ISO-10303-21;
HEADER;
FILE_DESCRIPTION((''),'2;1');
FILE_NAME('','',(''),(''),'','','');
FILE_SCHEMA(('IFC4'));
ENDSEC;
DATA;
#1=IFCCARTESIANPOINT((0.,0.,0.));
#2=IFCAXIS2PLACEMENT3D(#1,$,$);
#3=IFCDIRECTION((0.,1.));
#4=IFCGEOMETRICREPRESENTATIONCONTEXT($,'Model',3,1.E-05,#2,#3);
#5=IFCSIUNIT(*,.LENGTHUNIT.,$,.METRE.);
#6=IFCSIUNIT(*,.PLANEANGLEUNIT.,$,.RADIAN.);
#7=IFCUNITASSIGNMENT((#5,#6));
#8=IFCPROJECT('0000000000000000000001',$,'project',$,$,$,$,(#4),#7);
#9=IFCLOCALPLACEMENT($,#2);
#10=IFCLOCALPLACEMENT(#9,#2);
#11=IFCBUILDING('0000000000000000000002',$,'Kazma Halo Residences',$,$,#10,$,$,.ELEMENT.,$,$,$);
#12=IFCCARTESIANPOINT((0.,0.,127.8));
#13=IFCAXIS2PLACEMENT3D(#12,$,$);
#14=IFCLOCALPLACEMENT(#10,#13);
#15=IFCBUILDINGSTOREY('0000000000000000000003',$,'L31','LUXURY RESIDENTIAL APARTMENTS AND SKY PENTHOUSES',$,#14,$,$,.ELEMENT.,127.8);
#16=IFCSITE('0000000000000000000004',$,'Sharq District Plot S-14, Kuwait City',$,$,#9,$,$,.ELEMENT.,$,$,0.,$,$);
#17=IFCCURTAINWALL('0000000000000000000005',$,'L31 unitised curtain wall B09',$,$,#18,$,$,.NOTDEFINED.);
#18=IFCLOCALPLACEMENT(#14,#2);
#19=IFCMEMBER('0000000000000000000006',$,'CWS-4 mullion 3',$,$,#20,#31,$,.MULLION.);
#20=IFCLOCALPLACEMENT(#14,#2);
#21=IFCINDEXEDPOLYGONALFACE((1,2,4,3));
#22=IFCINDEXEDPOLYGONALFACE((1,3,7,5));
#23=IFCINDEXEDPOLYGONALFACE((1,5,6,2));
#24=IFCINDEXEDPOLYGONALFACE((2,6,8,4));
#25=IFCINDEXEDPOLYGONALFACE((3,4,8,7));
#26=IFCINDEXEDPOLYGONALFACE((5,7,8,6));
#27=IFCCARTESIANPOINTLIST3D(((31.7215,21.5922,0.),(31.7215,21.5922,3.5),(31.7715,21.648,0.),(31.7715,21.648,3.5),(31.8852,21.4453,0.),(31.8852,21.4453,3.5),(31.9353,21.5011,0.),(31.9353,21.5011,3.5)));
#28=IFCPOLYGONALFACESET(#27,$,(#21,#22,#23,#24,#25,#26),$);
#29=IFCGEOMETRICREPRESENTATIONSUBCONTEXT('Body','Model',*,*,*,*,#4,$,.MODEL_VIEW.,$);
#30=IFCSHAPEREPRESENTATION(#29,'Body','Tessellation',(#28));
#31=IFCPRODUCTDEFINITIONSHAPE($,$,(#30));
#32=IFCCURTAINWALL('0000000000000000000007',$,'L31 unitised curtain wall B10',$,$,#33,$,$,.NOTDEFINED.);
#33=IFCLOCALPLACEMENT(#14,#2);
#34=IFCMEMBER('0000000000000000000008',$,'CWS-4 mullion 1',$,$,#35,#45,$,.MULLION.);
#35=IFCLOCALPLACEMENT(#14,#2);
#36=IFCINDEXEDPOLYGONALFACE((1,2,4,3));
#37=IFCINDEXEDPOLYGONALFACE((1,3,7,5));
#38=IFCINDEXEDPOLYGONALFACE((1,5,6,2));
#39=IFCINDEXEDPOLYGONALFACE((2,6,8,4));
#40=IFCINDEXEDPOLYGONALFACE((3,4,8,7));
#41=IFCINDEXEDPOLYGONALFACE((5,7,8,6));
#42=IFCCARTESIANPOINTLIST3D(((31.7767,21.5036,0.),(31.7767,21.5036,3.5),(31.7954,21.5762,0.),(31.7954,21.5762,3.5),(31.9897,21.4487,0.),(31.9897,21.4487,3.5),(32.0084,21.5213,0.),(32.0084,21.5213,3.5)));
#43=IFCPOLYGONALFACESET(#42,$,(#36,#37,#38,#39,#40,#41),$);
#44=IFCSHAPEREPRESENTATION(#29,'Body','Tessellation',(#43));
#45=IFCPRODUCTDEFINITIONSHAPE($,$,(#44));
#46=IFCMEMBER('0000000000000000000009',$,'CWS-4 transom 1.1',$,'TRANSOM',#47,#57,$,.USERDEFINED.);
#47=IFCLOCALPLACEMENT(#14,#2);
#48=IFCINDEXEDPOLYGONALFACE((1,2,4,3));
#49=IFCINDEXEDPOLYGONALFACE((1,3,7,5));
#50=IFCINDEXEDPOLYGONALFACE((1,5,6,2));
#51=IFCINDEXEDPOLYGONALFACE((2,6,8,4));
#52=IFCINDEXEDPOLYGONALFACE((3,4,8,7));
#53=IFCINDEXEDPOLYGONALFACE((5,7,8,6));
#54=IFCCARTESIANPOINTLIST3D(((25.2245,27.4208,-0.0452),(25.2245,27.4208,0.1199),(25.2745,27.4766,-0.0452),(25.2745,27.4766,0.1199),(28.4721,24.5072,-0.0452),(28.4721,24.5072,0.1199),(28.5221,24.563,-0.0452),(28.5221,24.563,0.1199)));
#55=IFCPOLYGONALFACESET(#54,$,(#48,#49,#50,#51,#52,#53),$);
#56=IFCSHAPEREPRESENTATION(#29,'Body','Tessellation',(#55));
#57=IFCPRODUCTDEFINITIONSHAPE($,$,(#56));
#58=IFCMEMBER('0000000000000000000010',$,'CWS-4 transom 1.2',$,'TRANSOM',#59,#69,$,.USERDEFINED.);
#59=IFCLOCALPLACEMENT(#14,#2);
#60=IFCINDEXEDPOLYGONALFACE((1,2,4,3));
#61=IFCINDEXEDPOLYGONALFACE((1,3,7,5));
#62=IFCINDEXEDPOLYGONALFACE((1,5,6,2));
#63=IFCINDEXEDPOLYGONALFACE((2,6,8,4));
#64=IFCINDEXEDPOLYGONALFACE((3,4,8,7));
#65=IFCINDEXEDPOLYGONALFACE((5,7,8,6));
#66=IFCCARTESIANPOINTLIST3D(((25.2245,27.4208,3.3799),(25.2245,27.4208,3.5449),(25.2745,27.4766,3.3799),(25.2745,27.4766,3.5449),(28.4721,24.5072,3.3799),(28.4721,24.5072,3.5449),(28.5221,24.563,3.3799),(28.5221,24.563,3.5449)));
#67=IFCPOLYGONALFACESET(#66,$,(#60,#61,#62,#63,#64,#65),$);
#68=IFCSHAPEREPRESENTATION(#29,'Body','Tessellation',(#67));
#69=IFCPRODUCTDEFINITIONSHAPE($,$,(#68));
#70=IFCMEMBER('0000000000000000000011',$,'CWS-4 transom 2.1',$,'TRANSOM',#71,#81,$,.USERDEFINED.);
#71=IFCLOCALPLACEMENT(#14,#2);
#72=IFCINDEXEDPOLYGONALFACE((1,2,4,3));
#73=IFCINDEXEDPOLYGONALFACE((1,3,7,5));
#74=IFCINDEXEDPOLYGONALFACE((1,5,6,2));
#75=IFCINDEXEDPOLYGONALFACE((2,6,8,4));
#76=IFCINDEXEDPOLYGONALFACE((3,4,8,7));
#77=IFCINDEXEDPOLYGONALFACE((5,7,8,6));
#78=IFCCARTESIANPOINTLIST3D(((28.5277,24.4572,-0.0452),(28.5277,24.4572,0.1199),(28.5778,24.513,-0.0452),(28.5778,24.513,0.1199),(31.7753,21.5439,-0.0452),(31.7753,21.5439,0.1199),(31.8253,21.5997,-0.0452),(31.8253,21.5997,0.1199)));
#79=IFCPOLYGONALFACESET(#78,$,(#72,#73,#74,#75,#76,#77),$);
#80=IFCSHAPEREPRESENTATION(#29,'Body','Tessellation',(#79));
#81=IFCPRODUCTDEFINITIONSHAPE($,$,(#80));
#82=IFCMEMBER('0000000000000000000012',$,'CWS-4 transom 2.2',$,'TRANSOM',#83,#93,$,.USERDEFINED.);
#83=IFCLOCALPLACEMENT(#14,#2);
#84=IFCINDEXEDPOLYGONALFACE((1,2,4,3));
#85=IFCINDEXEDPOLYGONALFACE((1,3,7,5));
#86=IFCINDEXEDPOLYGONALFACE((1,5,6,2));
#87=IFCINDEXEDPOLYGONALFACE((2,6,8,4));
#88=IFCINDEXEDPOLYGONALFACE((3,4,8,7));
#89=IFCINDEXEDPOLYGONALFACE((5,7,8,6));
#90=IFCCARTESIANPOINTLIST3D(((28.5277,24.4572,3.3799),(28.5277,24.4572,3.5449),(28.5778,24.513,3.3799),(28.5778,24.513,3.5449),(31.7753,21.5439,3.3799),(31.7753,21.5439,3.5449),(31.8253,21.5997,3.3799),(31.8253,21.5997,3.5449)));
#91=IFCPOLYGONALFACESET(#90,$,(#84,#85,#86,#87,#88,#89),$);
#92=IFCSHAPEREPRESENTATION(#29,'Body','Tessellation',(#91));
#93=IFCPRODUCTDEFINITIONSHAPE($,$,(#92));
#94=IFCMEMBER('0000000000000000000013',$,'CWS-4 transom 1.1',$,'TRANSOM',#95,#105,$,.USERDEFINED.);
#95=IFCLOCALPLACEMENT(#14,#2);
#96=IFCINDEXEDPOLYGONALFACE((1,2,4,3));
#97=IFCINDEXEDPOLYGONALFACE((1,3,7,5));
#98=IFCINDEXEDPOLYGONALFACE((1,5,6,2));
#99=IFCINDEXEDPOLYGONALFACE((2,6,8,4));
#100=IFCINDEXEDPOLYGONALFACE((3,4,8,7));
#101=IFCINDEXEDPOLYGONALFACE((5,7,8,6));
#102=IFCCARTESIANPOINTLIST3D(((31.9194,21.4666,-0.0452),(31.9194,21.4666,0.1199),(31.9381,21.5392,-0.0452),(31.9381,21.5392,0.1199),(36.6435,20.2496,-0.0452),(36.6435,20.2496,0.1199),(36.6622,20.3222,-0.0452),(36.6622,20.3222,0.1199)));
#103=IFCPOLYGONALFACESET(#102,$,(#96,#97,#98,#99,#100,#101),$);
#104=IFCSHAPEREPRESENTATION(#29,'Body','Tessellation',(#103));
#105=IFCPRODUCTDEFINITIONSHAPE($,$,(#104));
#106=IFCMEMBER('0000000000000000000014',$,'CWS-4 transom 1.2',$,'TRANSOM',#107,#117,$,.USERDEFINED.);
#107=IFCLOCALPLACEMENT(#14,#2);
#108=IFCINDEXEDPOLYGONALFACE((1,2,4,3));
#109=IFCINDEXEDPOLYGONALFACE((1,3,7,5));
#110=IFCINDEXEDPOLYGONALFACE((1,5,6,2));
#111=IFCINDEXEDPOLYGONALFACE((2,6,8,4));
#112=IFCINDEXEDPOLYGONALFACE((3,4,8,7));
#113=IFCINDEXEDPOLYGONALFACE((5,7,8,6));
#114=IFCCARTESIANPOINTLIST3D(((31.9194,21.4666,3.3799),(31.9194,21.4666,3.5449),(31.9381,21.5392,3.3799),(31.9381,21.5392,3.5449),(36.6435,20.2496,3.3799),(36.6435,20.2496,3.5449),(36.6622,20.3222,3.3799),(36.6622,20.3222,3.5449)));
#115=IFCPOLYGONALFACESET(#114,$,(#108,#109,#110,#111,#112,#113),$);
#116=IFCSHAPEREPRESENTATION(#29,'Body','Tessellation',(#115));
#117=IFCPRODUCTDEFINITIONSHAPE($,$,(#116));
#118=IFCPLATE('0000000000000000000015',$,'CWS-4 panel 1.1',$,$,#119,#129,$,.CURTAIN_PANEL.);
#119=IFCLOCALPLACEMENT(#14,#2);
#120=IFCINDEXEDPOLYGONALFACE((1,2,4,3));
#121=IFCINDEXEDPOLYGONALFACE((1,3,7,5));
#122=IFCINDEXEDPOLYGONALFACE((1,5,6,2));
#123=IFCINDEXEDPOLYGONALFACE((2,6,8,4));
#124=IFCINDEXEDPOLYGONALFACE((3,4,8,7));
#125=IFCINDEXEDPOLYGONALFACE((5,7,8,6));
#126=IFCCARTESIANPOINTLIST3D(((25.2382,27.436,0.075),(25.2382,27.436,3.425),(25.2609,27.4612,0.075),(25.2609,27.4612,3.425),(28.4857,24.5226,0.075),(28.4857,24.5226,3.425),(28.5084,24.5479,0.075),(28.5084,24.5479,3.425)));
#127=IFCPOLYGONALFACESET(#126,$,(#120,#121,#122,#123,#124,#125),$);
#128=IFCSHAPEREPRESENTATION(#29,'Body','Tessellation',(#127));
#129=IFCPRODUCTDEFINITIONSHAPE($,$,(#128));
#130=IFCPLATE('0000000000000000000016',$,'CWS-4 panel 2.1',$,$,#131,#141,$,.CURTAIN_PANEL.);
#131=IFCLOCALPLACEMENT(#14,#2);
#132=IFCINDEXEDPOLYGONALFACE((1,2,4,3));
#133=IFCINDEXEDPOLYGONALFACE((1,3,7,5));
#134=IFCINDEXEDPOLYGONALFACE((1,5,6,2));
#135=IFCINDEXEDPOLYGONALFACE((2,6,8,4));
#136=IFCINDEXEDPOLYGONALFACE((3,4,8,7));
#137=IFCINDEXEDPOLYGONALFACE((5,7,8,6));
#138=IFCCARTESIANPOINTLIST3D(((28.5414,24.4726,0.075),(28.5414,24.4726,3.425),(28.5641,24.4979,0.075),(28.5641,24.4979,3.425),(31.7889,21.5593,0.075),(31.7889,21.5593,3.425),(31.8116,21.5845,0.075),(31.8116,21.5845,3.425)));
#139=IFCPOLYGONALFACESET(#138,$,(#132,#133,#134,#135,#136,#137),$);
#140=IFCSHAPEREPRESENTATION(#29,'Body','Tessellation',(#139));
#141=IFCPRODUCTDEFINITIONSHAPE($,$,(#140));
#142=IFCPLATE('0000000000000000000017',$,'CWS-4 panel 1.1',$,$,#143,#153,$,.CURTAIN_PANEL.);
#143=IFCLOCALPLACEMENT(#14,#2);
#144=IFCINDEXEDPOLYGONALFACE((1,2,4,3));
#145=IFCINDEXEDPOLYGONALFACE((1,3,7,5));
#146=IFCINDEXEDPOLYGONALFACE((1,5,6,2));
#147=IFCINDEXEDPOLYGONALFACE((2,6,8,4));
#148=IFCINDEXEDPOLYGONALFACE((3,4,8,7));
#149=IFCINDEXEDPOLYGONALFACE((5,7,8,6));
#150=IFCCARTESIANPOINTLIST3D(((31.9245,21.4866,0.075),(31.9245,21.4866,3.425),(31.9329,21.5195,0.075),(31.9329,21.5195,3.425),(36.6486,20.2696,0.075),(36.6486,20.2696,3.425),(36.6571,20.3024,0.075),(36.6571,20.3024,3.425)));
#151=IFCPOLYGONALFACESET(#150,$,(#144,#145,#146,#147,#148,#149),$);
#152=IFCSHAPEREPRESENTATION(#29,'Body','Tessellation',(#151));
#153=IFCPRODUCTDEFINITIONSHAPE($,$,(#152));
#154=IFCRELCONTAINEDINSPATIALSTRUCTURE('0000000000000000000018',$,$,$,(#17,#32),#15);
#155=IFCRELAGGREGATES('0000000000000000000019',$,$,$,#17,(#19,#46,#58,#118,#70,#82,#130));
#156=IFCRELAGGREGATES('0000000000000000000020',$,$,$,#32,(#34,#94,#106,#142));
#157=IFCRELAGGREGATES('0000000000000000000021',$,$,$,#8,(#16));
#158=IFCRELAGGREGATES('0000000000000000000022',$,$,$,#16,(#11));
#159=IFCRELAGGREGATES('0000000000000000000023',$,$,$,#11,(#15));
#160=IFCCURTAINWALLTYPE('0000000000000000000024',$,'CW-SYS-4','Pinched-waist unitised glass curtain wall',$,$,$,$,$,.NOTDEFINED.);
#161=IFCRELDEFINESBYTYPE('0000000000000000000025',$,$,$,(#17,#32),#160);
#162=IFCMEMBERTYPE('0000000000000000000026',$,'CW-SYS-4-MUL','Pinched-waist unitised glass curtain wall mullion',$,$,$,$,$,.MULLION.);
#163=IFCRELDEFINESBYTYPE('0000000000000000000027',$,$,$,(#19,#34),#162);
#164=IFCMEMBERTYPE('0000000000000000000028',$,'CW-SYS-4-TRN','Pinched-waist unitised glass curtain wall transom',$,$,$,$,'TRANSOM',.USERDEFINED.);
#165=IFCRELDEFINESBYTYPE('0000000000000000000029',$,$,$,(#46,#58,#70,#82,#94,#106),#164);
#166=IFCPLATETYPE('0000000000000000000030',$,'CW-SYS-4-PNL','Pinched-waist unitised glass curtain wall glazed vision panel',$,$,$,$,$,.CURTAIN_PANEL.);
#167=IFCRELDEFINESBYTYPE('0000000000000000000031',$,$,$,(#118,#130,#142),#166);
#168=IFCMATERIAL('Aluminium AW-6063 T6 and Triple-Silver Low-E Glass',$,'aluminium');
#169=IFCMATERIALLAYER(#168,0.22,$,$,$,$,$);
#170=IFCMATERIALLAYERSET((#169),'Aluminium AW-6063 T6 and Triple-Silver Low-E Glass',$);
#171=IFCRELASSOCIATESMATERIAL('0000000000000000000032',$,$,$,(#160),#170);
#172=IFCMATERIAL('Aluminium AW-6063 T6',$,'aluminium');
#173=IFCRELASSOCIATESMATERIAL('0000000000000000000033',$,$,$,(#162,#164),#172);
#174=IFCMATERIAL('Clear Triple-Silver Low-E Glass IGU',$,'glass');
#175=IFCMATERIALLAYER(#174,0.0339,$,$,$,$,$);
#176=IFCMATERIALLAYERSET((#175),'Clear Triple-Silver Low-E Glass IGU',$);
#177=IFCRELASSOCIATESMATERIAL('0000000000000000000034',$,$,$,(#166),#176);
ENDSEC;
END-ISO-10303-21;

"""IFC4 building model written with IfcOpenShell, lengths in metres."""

from ifc_helpers import new_model, si_unit, direction, frame, origin, origin_2d, place, context, subcontext, project, spatial, rectangle, extrude, material, layer, layer_set, material_profile, profile_set, type_object, element, aggregate, save


model = new_model("IFC4")

# Units and contexts
model_context = context("Model", 3, precision=1e-05, world=origin(), true_north=direction((0.0, 1.0)))
body_context = subcontext(model_context, "Body", "Model", "MODEL_VIEW")
ifc_project = project(units=[si_unit("LENGTHUNIT", "METRE"), si_unit("PLANEANGLEUNIT", "RADIAN")], contexts=[model_context])

# Site, building, storey
site_placement = place(None, origin())
site = spatial("IfcSite", under=ifc_project, at=site_placement, Name="Sharq District Plot S-14, Kuwait City", CompositionType="ELEMENT", RefElevation=0.0)
building_placement = place(site_placement, origin())
building = spatial("IfcBuilding", under=site, at=building_placement, Name="Kazma Halo Residences", CompositionType="ELEMENT")
storey_placement = place(building_placement, frame((0.0, 0.0, 127.8)))
storey = spatial("IfcBuildingStorey", under=building, at=storey_placement, Name="L31", Description="LUXURY RESIDENTIAL APARTMENTS AND SKY PENTHOUSES", CompositionType="ELEMENT", Elevation=127.8)

# Shared definitions
ifc_material_1 = material(Name="Aluminium AW-6063 T6 and Triple-Silver Low-E Glass", Category="aluminium")
ifc_layer_1 = layer(ifc_material_1, 0.22)
ifc_layer_set_1 = layer_set([ifc_layer_1], Name="Aluminium AW-6063 T6 and Triple-Silver Low-E Glass")
curtain_wall_type = type_object("IfcCurtainWallType", Name="CW-SYS-4", Description="Pinched-waist unitised glass curtain wall", PredefinedType="NOTDEFINED", material=ifc_layer_set_1)
ifc_material_2 = material(Name="Aluminium AW-6063 T6", Category="aluminium")
ifc_material_profile_1 = material_profile(ifc_material_2, rectangle(XDim=0.075, YDim=0.22, at=origin_2d()), Name="CWM-75x220")
ifc_profile_set_1 = profile_set([ifc_material_profile_1], Name="Aluminium AW-6063 T6")
member_type_1 = type_object("IfcMemberType", Name="CW-SYS-4-MUL", Description="Pinched-waist unitised glass curtain wall mullion", PredefinedType="MULLION", material=ifc_profile_set_1)

# Curtain wall, member
curtain_wall_1_placement = place(storey_placement, origin())
curtain_wall_1 = element("IfcCurtainWall", 1, at=curtain_wall_1_placement, inside=storey, type_object=curtain_wall_type, Name="L31 unitised curtain wall B09", PredefinedType="NOTDEFINED")
member_1_placement = place(storey_placement, frame((31.8284, 21.5466, 0.0), z_axis=(0.0, 0.0, 1.0), x_axis=(0.66777, 0.744368, 0.0)))
member_1 = element("IfcMember", 2, at=member_1_placement, type_object=member_type_1, Name="CWS-4 mullion 3", PredefinedType="MULLION", context=body_context, shape_type="SweptSolid", body=[
    extrude(rectangle(XDim=0.075, YDim=0.22, at=origin_2d()), origin(), (0.0, 0.0, 1.0), 3.5),
])

# Curtain wall, member
curtain_wall_2_placement = place(storey_placement, origin())
curtain_wall_2 = element("IfcCurtainWall", 3, at=curtain_wall_2_placement, inside=storey, type_object=curtain_wall_type, Name="L31 unitised curtain wall B10", PredefinedType="NOTDEFINED")
member_2_placement = place(storey_placement, frame((31.8926, 21.5125, 0.0), z_axis=(0.0, 0.0, 1.0), x_axis=(0.249479, 0.96838, 0.0)))
member_2 = element("IfcMember", 4, at=member_2_placement, type_object=member_type_1, Name="CWS-4 mullion 1", PredefinedType="MULLION", context=body_context, shape_type="SweptSolid", body=[
    extrude(rectangle(XDim=0.075, YDim=0.22, at=origin_2d()), origin(), (0.0, 0.0, 1.0), 3.5),
])

# Members
ifc_material_profile_2 = material_profile(ifc_material_2, rectangle(XDim=0.075, YDim=0.165, at=origin_2d()), Name="CWT-75x165")
ifc_profile_set_2 = profile_set([ifc_material_profile_2], Name="Aluminium AW-6063 T6")
member_type_2 = type_object("IfcMemberType", Name="CW-SYS-4-TRN", Description="Pinched-waist unitised glass curtain wall transom", ElementType="TRANSOM", PredefinedType="USERDEFINED", material=ifc_profile_set_2)
member_3_placement = place(storey_placement, frame((25.2495, 27.4487, 0.0374), z_axis=(0.744345, -0.667795, 0.0), x_axis=(0.667795, 0.744345, 0.0)))
member_3 = element("IfcMember", 5, at=member_3_placement, type_object=member_type_2, Name="CWS-4 transom 1.1", ObjectType="TRANSOM", PredefinedType="USERDEFINED", context=body_context, shape_type="SweptSolid", body=[
    extrude(rectangle(XDim=0.075, YDim=0.165, at=origin_2d()), origin(), (0.0, 0.0, 1.0), 4.363),
])
member_4_placement = place(storey_placement, frame((25.2495, 27.4487, 3.4624), z_axis=(0.744345, -0.667795, 0.0), x_axis=(0.667795, 0.744345, 0.0)))
member_4 = element("IfcMember", 6, at=member_4_placement, type_object=member_type_2, Name="CWS-4 transom 1.2", ObjectType="TRANSOM", PredefinedType="USERDEFINED", context=body_context, shape_type="SweptSolid", body=[
    extrude(rectangle(XDim=0.075, YDim=0.165, at=origin_2d()), origin(), (0.0, 0.0, 1.0), 4.363),
])
member_5_placement = place(storey_placement, frame((28.5527, 24.4851, 0.0374), z_axis=(0.744373, -0.667764, 0.0), x_axis=(0.667764, 0.744373, 0.0)))
member_5 = element("IfcMember", 7, at=member_5_placement, type_object=member_type_2, Name="CWS-4 transom 2.1", ObjectType="TRANSOM", PredefinedType="USERDEFINED", context=body_context, shape_type="SweptSolid", body=[
    extrude(rectangle(XDim=0.075, YDim=0.165, at=origin_2d()), origin(), (0.0, 0.0, 1.0), 4.3628),
])
member_6_placement = place(storey_placement, frame((28.5527, 24.4851, 3.4624), z_axis=(0.744373, -0.667764, 0.0), x_axis=(0.667764, 0.744373, 0.0)))
member_6 = element("IfcMember", 8, at=member_6_placement, type_object=member_type_2, Name="CWS-4 transom 2.2", ObjectType="TRANSOM", PredefinedType="USERDEFINED", context=body_context, shape_type="SweptSolid", body=[
    extrude(rectangle(XDim=0.075, YDim=0.165, at=origin_2d()), origin(), (0.0, 0.0, 1.0), 4.3628),
])
member_7_placement = place(storey_placement, frame((31.9287, 21.5029, 0.0374), z_axis=(0.968381, -0.249477, 0.0), x_axis=(0.249477, 0.968381, 0.0)))
member_7 = element("IfcMember", 9, at=member_7_placement, type_object=member_type_2, Name="CWS-4 transom 1.1", ObjectType="TRANSOM", PredefinedType="USERDEFINED", context=body_context, shape_type="SweptSolid", body=[
    extrude(rectangle(XDim=0.075, YDim=0.165, at=origin_2d()), origin(), (0.0, 0.0, 1.0), 4.8784),
])
member_8_placement = place(storey_placement, frame((31.9287, 21.5029, 3.4624), z_axis=(0.968381, -0.249477, 0.0), x_axis=(0.249477, 0.968381, 0.0)))
member_8 = element("IfcMember", 10, at=member_8_placement, type_object=member_type_2, Name="CWS-4 transom 1.2", ObjectType="TRANSOM", PredefinedType="USERDEFINED", context=body_context, shape_type="SweptSolid", body=[
    extrude(rectangle(XDim=0.075, YDim=0.165, at=origin_2d()), origin(), (0.0, 0.0, 1.0), 4.8784),
])

# Plates
ifc_material_3 = material(Name="Clear Triple-Silver Low-E Glass IGU", Category="glass")
ifc_layer_2 = layer(ifc_material_3, 0.0339)
ifc_layer_set_2 = layer_set([ifc_layer_2], Name="Clear Triple-Silver Low-E Glass IGU")
plate_type = type_object("IfcPlateType", Name="CW-SYS-4-PNL", Description="Pinched-waist unitised glass curtain wall glazed vision panel", PredefinedType="CURTAIN_PANEL", material=ifc_layer_set_2)
plate_1_placement = place(storey_placement, frame((26.8733, 25.9919, 0.075), z_axis=(0.0, 0.0, 1.0), x_axis=(0.744368, -0.66777, 0.0)))
plate_1 = element("IfcPlate", 11, at=plate_1_placement, type_object=plate_type, Name="CWS-4 panel 1.1", PredefinedType="CURTAIN_PANEL", context=body_context, shape_type="SweptSolid", body=[
    extrude(rectangle(XDim=4.3628, YDim=0.0339, at=origin_2d()), origin(), (0.0, 0.0, 1.0), 3.3501),
])
plate_2_placement = place(storey_placement, frame((30.1765, 23.0286, 0.075), z_axis=(0.0, 0.0, 1.0), x_axis=(0.744368, -0.66777, 0.0)))
plate_2 = element("IfcPlate", 12, at=plate_2_placement, type_object=plate_type, Name="CWS-4 panel 2.1", PredefinedType="CURTAIN_PANEL", context=body_context, shape_type="SweptSolid", body=[
    extrude(rectangle(XDim=4.3628, YDim=0.0339, at=origin_2d()), origin(), (0.0, 0.0, 1.0), 3.3501),
])
aggregate(curtain_wall_1, [member_1, member_3, member_4, plate_1, member_5, member_6, plate_2])
plate_3_placement = place(storey_placement, frame((34.2908, 20.8945, 0.075), z_axis=(0.0, 0.0, 1.0), x_axis=(0.96838, -0.249479, 0.0)))
plate_3 = element("IfcPlate", 13, at=plate_3_placement, type_object=plate_type, Name="CWS-4 panel 1.1", PredefinedType="CURTAIN_PANEL", context=body_context, shape_type="SweptSolid", body=[
    extrude(rectangle(XDim=4.8784, YDim=0.0339, at=origin_2d()), origin(), (0.0, 0.0, 1.0), 3.3501),
])
aggregate(curtain_wall_2, [member_2, member_7, member_8, plate_3])

save(model, "model.ifc")
